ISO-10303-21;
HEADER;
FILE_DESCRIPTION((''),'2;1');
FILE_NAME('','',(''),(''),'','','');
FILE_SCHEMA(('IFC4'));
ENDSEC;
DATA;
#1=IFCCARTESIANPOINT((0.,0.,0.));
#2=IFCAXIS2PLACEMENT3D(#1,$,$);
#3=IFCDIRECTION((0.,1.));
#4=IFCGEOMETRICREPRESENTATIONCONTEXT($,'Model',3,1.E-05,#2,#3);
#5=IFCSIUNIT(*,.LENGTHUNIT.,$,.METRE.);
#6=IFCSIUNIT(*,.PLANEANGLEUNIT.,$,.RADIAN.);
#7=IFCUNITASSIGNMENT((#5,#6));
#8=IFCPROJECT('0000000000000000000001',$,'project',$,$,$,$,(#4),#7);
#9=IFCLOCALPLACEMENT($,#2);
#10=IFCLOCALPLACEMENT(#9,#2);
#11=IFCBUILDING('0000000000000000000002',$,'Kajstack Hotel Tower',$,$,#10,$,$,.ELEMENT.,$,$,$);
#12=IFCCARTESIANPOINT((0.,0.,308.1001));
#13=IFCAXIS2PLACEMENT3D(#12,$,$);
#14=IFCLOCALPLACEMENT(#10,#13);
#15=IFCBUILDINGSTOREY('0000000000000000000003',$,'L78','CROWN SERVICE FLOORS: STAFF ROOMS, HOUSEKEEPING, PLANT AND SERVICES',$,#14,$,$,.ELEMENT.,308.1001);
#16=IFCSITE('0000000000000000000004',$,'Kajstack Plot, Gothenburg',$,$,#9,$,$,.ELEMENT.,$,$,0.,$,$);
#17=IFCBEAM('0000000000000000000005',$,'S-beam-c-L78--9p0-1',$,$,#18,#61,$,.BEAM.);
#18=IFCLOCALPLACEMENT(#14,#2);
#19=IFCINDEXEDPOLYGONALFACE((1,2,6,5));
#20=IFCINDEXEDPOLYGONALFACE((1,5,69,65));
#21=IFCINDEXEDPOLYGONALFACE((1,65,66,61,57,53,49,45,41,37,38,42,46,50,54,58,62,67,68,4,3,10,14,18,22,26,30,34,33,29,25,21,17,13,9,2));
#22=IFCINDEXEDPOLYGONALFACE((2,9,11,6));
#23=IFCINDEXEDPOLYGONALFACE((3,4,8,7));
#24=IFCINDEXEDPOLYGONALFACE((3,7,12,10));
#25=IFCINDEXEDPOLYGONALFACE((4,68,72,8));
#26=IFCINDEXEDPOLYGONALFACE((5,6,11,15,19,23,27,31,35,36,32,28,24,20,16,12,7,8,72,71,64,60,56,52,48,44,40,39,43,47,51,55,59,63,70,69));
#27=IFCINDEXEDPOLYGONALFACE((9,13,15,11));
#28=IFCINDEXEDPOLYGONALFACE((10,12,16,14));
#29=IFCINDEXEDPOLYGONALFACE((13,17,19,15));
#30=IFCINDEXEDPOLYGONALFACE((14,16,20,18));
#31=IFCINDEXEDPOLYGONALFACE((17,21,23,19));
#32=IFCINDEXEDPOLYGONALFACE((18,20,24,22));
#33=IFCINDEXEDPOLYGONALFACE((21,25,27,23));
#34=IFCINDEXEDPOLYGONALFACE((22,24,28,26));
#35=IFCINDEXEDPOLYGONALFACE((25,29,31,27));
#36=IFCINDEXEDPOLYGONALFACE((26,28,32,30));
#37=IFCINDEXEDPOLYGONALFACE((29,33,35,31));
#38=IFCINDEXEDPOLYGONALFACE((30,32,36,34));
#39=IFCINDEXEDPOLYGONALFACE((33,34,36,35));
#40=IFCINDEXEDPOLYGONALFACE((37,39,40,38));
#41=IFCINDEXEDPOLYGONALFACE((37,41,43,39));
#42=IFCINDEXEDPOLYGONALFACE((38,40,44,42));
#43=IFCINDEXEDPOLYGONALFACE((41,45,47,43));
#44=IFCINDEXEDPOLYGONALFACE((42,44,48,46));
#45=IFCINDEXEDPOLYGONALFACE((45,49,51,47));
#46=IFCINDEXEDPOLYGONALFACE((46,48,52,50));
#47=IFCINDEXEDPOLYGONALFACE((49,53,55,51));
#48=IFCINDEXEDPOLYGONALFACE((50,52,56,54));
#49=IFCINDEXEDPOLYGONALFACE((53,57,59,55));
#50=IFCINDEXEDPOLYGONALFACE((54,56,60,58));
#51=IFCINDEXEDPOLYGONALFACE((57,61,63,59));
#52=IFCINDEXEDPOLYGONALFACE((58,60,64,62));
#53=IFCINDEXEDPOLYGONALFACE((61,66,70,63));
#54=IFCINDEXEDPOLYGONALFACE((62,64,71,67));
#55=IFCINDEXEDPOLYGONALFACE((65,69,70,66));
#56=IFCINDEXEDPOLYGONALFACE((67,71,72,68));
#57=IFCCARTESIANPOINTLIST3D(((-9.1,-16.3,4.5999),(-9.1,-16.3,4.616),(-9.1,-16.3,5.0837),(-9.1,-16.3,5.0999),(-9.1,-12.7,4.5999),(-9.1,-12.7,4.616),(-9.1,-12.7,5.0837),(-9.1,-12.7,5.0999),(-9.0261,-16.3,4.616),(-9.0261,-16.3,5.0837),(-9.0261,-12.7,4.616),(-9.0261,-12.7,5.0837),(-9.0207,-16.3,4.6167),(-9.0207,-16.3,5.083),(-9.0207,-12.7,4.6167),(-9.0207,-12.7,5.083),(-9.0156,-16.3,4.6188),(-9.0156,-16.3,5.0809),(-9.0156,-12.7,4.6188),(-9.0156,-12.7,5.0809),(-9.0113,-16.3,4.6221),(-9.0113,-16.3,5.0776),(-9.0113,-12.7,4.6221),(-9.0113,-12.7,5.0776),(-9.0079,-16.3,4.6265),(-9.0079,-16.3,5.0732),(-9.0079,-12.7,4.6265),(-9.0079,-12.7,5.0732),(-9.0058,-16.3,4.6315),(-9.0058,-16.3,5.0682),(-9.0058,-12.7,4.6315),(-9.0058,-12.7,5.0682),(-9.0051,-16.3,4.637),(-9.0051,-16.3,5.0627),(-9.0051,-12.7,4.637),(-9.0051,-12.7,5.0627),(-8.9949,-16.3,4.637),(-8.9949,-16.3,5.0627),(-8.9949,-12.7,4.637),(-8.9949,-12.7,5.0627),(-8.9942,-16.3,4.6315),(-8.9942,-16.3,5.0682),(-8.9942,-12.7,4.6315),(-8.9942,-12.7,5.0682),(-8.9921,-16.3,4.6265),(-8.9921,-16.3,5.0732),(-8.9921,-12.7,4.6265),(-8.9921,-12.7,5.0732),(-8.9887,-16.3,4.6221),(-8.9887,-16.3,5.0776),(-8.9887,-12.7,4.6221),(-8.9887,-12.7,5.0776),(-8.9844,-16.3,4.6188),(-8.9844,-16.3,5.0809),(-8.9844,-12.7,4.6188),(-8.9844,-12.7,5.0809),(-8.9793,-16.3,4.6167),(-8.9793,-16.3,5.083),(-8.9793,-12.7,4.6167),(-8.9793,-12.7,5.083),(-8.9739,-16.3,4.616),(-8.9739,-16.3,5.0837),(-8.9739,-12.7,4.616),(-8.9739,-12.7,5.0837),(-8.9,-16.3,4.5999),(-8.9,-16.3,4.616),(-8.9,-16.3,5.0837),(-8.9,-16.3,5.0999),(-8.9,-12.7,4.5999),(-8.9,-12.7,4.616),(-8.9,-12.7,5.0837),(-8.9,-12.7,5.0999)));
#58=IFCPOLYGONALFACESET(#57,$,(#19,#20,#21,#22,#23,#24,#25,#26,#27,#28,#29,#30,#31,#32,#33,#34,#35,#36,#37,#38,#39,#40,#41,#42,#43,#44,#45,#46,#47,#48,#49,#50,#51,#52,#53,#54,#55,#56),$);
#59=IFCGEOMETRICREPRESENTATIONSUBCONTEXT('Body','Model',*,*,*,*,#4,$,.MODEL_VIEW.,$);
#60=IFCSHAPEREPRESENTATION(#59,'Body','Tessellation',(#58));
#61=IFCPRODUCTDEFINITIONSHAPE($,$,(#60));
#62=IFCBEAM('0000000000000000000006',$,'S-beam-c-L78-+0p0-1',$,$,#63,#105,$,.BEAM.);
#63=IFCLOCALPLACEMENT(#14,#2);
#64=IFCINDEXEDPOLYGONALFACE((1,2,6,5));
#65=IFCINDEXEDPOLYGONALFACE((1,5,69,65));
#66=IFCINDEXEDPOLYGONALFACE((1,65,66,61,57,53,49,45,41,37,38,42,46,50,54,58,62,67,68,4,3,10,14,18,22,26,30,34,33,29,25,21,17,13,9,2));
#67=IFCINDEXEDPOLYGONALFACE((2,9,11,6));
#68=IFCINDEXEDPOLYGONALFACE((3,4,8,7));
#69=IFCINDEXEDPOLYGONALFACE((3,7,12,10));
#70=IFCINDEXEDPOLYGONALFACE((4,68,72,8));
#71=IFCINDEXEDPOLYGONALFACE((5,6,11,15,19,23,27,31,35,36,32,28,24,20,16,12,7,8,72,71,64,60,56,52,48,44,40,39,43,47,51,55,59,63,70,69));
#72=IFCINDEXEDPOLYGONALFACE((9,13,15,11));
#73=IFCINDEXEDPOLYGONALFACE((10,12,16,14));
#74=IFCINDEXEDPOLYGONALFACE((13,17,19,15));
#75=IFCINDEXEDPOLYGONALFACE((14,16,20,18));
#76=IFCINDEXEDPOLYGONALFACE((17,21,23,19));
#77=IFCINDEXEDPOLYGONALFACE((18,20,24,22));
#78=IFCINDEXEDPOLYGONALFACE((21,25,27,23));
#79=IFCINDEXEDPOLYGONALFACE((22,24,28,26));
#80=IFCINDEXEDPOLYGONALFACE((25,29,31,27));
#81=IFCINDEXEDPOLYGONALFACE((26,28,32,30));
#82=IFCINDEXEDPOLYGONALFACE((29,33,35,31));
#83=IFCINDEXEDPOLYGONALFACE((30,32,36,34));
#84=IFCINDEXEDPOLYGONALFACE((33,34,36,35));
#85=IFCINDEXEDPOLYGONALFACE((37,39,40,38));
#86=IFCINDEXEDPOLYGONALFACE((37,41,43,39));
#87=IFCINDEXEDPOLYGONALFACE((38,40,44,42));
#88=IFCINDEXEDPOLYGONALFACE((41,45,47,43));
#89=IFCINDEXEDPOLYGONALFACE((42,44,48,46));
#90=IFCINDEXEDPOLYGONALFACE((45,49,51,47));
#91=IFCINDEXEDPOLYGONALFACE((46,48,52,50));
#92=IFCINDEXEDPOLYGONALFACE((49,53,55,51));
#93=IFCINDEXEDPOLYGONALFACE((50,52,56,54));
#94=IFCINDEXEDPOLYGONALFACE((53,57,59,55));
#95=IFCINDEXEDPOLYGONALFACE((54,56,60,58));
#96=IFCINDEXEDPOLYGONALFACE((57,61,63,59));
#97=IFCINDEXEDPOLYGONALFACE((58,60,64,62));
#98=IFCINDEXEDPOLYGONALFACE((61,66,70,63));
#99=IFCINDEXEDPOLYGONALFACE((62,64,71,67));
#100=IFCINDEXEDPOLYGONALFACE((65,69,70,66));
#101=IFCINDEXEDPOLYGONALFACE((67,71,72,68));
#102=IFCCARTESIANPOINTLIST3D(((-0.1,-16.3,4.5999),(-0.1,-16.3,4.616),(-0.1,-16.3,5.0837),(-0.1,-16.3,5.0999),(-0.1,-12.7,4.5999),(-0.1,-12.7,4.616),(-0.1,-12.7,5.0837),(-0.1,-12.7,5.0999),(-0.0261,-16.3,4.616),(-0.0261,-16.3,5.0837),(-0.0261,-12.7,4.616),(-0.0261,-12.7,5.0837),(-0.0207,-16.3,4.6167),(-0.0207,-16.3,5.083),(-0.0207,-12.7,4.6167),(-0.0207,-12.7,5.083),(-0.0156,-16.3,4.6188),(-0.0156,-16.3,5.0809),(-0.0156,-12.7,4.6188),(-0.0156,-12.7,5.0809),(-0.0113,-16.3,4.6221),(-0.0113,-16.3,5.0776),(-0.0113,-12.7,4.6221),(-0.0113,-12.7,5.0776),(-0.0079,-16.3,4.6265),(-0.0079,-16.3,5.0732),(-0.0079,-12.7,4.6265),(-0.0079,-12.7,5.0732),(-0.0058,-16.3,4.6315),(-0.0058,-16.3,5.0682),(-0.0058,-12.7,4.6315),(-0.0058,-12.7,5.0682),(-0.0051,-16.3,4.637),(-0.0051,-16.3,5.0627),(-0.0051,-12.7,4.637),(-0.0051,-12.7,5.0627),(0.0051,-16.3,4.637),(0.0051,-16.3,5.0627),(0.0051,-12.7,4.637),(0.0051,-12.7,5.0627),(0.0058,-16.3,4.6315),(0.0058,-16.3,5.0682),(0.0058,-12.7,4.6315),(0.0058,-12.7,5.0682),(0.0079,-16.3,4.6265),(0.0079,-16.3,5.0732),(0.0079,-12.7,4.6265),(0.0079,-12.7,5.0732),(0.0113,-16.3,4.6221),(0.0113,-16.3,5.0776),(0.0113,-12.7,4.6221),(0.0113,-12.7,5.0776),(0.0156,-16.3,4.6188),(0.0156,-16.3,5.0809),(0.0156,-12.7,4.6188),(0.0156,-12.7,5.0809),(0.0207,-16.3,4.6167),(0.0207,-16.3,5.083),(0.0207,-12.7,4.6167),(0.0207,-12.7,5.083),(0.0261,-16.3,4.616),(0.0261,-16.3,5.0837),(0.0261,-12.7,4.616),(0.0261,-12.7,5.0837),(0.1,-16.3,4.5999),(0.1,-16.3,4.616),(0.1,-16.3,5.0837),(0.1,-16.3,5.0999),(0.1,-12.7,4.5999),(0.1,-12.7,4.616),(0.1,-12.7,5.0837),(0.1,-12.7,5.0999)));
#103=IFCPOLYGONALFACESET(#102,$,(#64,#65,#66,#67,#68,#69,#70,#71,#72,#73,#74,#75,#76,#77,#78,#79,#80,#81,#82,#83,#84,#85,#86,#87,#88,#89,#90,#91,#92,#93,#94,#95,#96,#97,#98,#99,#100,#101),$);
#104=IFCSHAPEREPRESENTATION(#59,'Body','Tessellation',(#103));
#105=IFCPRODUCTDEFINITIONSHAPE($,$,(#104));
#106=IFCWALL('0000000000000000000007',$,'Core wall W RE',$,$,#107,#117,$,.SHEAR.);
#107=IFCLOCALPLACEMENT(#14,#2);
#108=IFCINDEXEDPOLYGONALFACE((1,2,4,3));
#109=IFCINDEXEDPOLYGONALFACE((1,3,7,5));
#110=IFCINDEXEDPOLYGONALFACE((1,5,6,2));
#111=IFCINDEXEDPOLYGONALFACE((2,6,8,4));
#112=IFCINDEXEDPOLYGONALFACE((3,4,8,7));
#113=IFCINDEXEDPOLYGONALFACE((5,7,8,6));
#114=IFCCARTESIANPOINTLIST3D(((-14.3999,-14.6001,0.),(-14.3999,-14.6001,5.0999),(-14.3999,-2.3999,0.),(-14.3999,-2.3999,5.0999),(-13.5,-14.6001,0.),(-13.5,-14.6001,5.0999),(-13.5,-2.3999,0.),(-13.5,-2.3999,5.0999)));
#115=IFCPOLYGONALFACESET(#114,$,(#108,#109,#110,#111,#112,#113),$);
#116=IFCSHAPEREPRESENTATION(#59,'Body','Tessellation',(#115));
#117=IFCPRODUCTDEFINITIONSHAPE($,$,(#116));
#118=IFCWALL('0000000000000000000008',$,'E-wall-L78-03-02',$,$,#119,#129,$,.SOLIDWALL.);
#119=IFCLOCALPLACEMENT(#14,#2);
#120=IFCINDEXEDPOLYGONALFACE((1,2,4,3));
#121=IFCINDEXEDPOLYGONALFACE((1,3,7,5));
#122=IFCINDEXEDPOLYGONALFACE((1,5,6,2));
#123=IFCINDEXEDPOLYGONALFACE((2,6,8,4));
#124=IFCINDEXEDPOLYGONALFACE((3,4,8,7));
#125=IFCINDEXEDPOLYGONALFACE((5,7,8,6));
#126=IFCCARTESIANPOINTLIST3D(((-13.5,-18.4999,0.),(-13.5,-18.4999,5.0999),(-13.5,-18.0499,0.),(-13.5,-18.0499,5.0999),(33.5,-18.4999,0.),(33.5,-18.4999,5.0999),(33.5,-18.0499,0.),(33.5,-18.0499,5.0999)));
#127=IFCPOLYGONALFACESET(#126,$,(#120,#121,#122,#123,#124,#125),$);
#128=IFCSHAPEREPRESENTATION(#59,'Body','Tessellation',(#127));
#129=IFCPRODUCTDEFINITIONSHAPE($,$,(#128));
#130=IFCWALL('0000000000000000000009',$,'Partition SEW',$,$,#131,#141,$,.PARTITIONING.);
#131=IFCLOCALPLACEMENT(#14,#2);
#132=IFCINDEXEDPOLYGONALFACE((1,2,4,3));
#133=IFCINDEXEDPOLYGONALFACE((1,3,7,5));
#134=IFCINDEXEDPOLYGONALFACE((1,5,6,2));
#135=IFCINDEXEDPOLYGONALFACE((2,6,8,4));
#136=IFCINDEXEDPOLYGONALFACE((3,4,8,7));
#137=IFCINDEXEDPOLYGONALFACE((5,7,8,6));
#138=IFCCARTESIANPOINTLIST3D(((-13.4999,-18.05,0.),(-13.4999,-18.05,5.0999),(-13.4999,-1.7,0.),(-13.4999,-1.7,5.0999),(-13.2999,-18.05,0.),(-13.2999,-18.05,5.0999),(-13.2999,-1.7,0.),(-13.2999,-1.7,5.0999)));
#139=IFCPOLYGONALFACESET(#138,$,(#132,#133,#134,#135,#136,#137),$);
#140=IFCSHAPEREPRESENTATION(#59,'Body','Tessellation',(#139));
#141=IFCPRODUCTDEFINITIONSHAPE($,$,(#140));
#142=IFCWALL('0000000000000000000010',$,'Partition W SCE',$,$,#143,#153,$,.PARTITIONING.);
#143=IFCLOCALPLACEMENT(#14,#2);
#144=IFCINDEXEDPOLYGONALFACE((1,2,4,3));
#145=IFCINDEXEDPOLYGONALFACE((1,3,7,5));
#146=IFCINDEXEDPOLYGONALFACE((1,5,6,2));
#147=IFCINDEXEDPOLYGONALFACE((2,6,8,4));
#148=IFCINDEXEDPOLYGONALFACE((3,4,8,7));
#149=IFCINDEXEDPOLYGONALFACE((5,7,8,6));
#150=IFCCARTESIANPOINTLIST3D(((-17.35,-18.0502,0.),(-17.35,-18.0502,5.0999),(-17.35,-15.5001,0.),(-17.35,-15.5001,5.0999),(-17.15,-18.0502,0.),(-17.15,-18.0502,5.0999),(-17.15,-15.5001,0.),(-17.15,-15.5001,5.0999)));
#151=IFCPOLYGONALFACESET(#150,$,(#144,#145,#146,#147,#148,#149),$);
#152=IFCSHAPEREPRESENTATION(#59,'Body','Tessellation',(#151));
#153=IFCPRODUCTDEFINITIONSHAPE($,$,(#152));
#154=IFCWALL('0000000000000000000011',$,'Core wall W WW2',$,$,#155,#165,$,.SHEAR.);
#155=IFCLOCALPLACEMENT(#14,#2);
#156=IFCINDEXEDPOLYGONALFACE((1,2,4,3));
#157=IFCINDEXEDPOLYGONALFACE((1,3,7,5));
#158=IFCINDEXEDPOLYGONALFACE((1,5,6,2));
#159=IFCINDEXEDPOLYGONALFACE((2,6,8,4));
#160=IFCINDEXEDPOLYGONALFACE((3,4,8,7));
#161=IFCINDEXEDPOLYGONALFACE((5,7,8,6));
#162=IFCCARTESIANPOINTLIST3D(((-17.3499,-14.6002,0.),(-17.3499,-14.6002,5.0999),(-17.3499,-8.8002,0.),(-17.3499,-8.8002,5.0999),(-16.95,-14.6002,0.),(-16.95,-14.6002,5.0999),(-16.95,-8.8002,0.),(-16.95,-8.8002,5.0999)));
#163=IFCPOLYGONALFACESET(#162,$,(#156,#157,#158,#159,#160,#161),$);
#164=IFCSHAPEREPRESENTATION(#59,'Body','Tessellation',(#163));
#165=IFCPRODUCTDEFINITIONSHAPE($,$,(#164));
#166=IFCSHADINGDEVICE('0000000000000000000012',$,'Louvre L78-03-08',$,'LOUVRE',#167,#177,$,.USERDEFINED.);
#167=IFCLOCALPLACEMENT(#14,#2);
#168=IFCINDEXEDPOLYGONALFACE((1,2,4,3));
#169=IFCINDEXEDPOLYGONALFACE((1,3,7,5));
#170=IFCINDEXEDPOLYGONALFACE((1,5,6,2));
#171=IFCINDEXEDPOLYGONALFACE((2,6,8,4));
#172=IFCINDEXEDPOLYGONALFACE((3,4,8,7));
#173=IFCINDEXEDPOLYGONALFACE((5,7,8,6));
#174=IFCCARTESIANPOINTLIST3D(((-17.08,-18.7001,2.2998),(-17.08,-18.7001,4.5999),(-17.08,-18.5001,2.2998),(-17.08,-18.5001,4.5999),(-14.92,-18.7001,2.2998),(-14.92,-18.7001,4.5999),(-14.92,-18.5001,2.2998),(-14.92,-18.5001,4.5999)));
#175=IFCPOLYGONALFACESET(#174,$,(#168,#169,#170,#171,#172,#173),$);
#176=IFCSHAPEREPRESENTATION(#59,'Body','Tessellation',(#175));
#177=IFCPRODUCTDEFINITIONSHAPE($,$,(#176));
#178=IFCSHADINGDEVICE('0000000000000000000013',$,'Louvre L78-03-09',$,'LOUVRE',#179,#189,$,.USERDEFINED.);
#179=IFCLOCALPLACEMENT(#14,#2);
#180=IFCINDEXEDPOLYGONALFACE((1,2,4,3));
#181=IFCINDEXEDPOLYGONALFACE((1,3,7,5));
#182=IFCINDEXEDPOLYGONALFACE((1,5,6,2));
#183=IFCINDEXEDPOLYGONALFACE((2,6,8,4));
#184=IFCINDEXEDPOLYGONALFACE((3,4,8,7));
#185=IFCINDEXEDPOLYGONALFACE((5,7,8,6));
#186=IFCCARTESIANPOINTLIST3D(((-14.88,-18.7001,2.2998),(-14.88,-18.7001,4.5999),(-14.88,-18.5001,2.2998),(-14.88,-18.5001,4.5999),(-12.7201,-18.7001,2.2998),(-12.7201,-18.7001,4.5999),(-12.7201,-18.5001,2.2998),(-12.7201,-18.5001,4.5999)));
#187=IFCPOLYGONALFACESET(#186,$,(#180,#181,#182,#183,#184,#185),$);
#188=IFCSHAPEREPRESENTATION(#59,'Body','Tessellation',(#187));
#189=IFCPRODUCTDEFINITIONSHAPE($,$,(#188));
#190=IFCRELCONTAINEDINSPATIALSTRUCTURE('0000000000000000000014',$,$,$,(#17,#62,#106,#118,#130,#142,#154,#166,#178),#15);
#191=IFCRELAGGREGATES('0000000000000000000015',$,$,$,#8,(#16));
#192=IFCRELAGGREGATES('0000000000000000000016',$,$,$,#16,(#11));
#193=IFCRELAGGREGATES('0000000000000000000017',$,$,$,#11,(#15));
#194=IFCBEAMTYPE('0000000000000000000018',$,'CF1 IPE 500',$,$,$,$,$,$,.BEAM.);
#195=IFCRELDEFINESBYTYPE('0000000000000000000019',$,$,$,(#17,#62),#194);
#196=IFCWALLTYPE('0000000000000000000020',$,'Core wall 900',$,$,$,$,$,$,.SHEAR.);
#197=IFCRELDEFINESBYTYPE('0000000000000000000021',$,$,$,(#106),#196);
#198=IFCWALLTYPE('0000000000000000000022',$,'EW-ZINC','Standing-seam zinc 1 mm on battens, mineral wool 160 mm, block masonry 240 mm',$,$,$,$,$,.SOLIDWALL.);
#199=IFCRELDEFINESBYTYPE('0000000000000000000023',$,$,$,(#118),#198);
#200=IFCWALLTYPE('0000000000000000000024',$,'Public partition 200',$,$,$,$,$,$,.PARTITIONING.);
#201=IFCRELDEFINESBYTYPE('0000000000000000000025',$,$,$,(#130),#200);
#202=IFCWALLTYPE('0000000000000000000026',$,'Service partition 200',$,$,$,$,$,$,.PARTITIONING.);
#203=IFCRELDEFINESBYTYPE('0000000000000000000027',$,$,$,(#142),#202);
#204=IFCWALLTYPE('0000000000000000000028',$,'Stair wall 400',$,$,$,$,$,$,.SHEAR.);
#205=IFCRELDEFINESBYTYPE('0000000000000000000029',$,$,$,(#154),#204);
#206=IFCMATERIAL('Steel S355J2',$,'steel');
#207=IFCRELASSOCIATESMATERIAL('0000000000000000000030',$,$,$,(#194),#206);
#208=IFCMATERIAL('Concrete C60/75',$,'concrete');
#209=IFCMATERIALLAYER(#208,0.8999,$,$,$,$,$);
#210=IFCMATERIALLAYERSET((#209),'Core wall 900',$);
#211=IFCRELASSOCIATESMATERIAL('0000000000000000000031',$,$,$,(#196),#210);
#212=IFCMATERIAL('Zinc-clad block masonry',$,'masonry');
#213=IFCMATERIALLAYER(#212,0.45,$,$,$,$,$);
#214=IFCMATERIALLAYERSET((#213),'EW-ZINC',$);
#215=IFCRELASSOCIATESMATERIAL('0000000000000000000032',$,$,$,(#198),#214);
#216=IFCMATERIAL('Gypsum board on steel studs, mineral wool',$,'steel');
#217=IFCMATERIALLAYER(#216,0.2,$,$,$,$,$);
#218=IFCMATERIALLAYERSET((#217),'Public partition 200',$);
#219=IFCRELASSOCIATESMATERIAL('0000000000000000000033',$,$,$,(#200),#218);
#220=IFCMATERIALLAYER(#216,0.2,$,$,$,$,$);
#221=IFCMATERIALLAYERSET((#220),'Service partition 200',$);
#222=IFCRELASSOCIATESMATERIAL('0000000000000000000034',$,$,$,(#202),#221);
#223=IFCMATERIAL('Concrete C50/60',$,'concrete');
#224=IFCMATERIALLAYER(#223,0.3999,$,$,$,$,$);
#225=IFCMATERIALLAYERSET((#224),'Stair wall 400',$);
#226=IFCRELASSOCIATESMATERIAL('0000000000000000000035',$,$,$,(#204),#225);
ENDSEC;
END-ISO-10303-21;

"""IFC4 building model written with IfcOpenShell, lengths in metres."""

from ifc_helpers import new_model, si_unit, direction, frame, frame_2d, origin, origin_2d, place, context, subcontext, project, spatial, rectangle, i_section, extrude, material, layer, layer_set, material_profile, profile_set, type_object, element, save


model = new_model("IFC4")

# Units and contexts
model_context = context("Model", 3, precision=1e-05, world=origin(), true_north=direction((0.0, 1.0)))
body_context = subcontext(model_context, "Body", "Model", "MODEL_VIEW")
ifc_project = project(units=[si_unit("LENGTHUNIT", "METRE"), si_unit("PLANEANGLEUNIT", "RADIAN")], contexts=[model_context])

# Site, building, storey
site_placement = place(None, origin())
site = spatial("IfcSite", under=ifc_project, at=site_placement, Name="Kajstack Plot, Gothenburg", CompositionType="ELEMENT", RefElevation=0.0)
building_placement = place(site_placement, origin())
building = spatial("IfcBuilding", under=site, at=building_placement, Name="Kajstack Hotel Tower", CompositionType="ELEMENT")
storey_placement = place(building_placement, frame((0.0, 0.0, 308.1001)))
storey = spatial("IfcBuildingStorey", under=building, at=storey_placement, Name="L78", Description="CROWN SERVICE FLOORS: STAFF ROOMS, HOUSEKEEPING, PLANT AND SERVICES", CompositionType="ELEMENT", Elevation=308.1001)

# Shared definitions
ifc_material_1 = material(Name="Steel S355J2", Category="steel")

# Beams
ifc_material_profile_1 = material_profile(ifc_material_1, i_section(OverallWidth=0.2, OverallDepth=0.5, WebThickness=0.0103, FlangeThickness=0.0161, FilletRadius=0.021, at=origin_2d()), Name="IPE 500")
ifc_profile_set_1 = profile_set([ifc_material_profile_1], Name="Steel S355J2")
beam_type = type_object("IfcBeamType", Name="CF1 IPE 500", PredefinedType="BEAM", material=ifc_profile_set_1)
for number, where, z_axis, x_axis, name in (
    (1, (-9.0, -16.3, 4.8499), (0.0, 1.0, 0.0), (-1.0, 0.0, 0.0), "S-beam-c-L78--9p0-1"),
    (2, (0.0, -16.3, 4.8499), (0.0, 1.0, 0.0), (-1.0, 0.0, 0.0), "S-beam-c-L78-+0p0-1"),
):
    element("IfcBeam", number, at=place(storey_placement, frame(where, z_axis=z_axis, x_axis=x_axis)), inside=storey, type_object=beam_type, Name=name, PredefinedType="BEAM", context=body_context, shape_type="SweptSolid", body=[
        extrude(i_section(OverallWidth=0.2, OverallDepth=0.5, WebThickness=0.0103, FlangeThickness=0.0161, FilletRadius=0.021, at=origin_2d()), origin(), (0.0, 0.0, 1.0), 3.6001),
    ])

# Walls
ifc_material_2 = material(Name="Concrete C60/75", Category="concrete")
ifc_layer_1 = layer(ifc_material_2, 0.8999)
ifc_layer_set_1 = layer_set([ifc_layer_1], Name="Core wall 900")
wall_type_1 = type_object("IfcWallType", Name="Core wall 900", PredefinedType="SHEAR", material=ifc_layer_set_1)
wall_1_placement = place(storey_placement, frame((-13.95, -14.6001, 0.0), z_axis=(0.0, 0.0, 1.0), x_axis=(0.0, 1.0, 0.0)))
element("IfcWall", 3, at=wall_1_placement, inside=storey, type_object=wall_type_1, Name="Core wall W RE", PredefinedType="SHEAR", context=body_context, shape_type="SweptSolid", body=[
    extrude(rectangle(XDim=12.2002, YDim=0.8999, at=frame_2d((6.1001, 0.0))), origin(), (0.0, 0.0, 1.0), 5.0999),
])
ifc_material_3 = material(Name="Zinc-clad block masonry", Category="masonry")
ifc_layer_2 = layer(ifc_material_3, 0.45)
ifc_layer_set_2 = layer_set([ifc_layer_2], Name="EW-ZINC")
wall_type_2 = type_object("IfcWallType", Name="EW-ZINC", Description="Standing-seam zinc 1 mm on battens, mineral wool 160 mm, block masonry 240 mm", PredefinedType="SOLIDWALL", material=ifc_layer_set_2)
wall_2_placement = place(storey_placement, frame((-13.5, -18.2749, 0.0), z_axis=(0.0, 0.0, 1.0), x_axis=(1.0, 0.0, 0.0)))
element("IfcWall", 4, at=wall_2_placement, inside=storey, type_object=wall_type_2, Name="E-wall-L78-03-02", PredefinedType="SOLIDWALL", context=body_context, shape_type="SweptSolid", body=[
    extrude(rectangle(XDim=47.0, YDim=0.45, at=frame_2d((23.5, 0.0))), origin(), (0.0, 0.0, 1.0), 5.0999),
])
ifc_material_4 = material(Name="Gypsum board on steel studs, mineral wool", Category="steel")
ifc_layer_3 = layer(ifc_material_4, 0.2)
ifc_layer_set_3 = layer_set([ifc_layer_3], Name="Public partition 200")
wall_type_3 = type_object("IfcWallType", Name="Public partition 200", PredefinedType="PARTITIONING", material=ifc_layer_set_3)
wall_3_placement = place(storey_placement, frame((-13.3999, -18.05, 0.0), z_axis=(0.0, 0.0, 1.0), x_axis=(0.0, 1.0, 0.0)))
element("IfcWall", 5, at=wall_3_placement, inside=storey, type_object=wall_type_3, Name="Partition SEW", PredefinedType="PARTITIONING", context=body_context, shape_type="SweptSolid", body=[
    extrude(rectangle(XDim=16.3501, YDim=0.2, at=frame_2d((8.175, 0.0))), origin(), (0.0, 0.0, 1.0), 5.0999),
])
ifc_layer_4 = layer(ifc_material_4, 0.2)
ifc_layer_set_4 = layer_set([ifc_layer_4], Name="Service partition 200")
wall_type_4 = type_object("IfcWallType", Name="Service partition 200", PredefinedType="PARTITIONING", material=ifc_layer_set_4)
wall_4_placement = place(storey_placement, frame((-17.25, -18.05, 0.0), z_axis=(0.0, 0.0, 1.0), x_axis=(0.0, 1.0, 0.0)))
element("IfcWall", 6, at=wall_4_placement, inside=storey, type_object=wall_type_4, Name="Partition W SCE", PredefinedType="PARTITIONING", context=body_context, shape_type="SweptSolid", body=[
    extrude(rectangle(XDim=2.55, YDim=0.2, at=frame_2d((1.2749, 0.0))), origin(), (0.0, 0.0, 1.0), 5.0999),
])
ifc_material_5 = material(Name="Concrete C50/60", Category="concrete")
ifc_layer_5 = layer(ifc_material_5, 0.3999)
ifc_layer_set_5 = layer_set([ifc_layer_5], Name="Stair wall 400")
wall_type_5 = type_object("IfcWallType", Name="Stair wall 400", PredefinedType="SHEAR", material=ifc_layer_set_5)
wall_5_placement = place(storey_placement, frame((-17.1499, -14.6001, 0.0), z_axis=(0.0, 0.0, 1.0), x_axis=(0.0, 1.0, 0.0)))
element("IfcWall", 7, at=wall_5_placement, inside=storey, type_object=wall_type_5, Name="Core wall W WW2", PredefinedType="SHEAR", context=body_context, shape_type="SweptSolid", body=[
    extrude(rectangle(XDim=5.8, YDim=0.3999, at=frame_2d((2.8999, 0.0))), origin(), (0.0, 0.0, 1.0), 5.0999),
])

# Shading devices
for number, where, z_axis, x_axis, name in (
    (8, (-16.0, -18.6001, 2.2998), (0.0, 0.0, 1.0), (1.0, 0.0, 0.0), "Louvre L78-03-08"),
    (9, (-13.8, -18.6001, 2.2998), (0.0, 0.0, 1.0), (1.0, 0.0, 0.0), "Louvre L78-03-09"),
):
    element("IfcShadingDevice", number, at=place(storey_placement, frame(where, z_axis=z_axis, x_axis=x_axis)), inside=storey, Name=name, ObjectType="LOUVRE", PredefinedType="USERDEFINED", context=body_context, shape_type="SweptSolid", body=[
        extrude(rectangle(XDim=2.1599, YDim=0.2, at=origin_2d()), origin(), (0.0, 0.0, 1.0), 2.3),
    ])

save(model, "model.ifc")
